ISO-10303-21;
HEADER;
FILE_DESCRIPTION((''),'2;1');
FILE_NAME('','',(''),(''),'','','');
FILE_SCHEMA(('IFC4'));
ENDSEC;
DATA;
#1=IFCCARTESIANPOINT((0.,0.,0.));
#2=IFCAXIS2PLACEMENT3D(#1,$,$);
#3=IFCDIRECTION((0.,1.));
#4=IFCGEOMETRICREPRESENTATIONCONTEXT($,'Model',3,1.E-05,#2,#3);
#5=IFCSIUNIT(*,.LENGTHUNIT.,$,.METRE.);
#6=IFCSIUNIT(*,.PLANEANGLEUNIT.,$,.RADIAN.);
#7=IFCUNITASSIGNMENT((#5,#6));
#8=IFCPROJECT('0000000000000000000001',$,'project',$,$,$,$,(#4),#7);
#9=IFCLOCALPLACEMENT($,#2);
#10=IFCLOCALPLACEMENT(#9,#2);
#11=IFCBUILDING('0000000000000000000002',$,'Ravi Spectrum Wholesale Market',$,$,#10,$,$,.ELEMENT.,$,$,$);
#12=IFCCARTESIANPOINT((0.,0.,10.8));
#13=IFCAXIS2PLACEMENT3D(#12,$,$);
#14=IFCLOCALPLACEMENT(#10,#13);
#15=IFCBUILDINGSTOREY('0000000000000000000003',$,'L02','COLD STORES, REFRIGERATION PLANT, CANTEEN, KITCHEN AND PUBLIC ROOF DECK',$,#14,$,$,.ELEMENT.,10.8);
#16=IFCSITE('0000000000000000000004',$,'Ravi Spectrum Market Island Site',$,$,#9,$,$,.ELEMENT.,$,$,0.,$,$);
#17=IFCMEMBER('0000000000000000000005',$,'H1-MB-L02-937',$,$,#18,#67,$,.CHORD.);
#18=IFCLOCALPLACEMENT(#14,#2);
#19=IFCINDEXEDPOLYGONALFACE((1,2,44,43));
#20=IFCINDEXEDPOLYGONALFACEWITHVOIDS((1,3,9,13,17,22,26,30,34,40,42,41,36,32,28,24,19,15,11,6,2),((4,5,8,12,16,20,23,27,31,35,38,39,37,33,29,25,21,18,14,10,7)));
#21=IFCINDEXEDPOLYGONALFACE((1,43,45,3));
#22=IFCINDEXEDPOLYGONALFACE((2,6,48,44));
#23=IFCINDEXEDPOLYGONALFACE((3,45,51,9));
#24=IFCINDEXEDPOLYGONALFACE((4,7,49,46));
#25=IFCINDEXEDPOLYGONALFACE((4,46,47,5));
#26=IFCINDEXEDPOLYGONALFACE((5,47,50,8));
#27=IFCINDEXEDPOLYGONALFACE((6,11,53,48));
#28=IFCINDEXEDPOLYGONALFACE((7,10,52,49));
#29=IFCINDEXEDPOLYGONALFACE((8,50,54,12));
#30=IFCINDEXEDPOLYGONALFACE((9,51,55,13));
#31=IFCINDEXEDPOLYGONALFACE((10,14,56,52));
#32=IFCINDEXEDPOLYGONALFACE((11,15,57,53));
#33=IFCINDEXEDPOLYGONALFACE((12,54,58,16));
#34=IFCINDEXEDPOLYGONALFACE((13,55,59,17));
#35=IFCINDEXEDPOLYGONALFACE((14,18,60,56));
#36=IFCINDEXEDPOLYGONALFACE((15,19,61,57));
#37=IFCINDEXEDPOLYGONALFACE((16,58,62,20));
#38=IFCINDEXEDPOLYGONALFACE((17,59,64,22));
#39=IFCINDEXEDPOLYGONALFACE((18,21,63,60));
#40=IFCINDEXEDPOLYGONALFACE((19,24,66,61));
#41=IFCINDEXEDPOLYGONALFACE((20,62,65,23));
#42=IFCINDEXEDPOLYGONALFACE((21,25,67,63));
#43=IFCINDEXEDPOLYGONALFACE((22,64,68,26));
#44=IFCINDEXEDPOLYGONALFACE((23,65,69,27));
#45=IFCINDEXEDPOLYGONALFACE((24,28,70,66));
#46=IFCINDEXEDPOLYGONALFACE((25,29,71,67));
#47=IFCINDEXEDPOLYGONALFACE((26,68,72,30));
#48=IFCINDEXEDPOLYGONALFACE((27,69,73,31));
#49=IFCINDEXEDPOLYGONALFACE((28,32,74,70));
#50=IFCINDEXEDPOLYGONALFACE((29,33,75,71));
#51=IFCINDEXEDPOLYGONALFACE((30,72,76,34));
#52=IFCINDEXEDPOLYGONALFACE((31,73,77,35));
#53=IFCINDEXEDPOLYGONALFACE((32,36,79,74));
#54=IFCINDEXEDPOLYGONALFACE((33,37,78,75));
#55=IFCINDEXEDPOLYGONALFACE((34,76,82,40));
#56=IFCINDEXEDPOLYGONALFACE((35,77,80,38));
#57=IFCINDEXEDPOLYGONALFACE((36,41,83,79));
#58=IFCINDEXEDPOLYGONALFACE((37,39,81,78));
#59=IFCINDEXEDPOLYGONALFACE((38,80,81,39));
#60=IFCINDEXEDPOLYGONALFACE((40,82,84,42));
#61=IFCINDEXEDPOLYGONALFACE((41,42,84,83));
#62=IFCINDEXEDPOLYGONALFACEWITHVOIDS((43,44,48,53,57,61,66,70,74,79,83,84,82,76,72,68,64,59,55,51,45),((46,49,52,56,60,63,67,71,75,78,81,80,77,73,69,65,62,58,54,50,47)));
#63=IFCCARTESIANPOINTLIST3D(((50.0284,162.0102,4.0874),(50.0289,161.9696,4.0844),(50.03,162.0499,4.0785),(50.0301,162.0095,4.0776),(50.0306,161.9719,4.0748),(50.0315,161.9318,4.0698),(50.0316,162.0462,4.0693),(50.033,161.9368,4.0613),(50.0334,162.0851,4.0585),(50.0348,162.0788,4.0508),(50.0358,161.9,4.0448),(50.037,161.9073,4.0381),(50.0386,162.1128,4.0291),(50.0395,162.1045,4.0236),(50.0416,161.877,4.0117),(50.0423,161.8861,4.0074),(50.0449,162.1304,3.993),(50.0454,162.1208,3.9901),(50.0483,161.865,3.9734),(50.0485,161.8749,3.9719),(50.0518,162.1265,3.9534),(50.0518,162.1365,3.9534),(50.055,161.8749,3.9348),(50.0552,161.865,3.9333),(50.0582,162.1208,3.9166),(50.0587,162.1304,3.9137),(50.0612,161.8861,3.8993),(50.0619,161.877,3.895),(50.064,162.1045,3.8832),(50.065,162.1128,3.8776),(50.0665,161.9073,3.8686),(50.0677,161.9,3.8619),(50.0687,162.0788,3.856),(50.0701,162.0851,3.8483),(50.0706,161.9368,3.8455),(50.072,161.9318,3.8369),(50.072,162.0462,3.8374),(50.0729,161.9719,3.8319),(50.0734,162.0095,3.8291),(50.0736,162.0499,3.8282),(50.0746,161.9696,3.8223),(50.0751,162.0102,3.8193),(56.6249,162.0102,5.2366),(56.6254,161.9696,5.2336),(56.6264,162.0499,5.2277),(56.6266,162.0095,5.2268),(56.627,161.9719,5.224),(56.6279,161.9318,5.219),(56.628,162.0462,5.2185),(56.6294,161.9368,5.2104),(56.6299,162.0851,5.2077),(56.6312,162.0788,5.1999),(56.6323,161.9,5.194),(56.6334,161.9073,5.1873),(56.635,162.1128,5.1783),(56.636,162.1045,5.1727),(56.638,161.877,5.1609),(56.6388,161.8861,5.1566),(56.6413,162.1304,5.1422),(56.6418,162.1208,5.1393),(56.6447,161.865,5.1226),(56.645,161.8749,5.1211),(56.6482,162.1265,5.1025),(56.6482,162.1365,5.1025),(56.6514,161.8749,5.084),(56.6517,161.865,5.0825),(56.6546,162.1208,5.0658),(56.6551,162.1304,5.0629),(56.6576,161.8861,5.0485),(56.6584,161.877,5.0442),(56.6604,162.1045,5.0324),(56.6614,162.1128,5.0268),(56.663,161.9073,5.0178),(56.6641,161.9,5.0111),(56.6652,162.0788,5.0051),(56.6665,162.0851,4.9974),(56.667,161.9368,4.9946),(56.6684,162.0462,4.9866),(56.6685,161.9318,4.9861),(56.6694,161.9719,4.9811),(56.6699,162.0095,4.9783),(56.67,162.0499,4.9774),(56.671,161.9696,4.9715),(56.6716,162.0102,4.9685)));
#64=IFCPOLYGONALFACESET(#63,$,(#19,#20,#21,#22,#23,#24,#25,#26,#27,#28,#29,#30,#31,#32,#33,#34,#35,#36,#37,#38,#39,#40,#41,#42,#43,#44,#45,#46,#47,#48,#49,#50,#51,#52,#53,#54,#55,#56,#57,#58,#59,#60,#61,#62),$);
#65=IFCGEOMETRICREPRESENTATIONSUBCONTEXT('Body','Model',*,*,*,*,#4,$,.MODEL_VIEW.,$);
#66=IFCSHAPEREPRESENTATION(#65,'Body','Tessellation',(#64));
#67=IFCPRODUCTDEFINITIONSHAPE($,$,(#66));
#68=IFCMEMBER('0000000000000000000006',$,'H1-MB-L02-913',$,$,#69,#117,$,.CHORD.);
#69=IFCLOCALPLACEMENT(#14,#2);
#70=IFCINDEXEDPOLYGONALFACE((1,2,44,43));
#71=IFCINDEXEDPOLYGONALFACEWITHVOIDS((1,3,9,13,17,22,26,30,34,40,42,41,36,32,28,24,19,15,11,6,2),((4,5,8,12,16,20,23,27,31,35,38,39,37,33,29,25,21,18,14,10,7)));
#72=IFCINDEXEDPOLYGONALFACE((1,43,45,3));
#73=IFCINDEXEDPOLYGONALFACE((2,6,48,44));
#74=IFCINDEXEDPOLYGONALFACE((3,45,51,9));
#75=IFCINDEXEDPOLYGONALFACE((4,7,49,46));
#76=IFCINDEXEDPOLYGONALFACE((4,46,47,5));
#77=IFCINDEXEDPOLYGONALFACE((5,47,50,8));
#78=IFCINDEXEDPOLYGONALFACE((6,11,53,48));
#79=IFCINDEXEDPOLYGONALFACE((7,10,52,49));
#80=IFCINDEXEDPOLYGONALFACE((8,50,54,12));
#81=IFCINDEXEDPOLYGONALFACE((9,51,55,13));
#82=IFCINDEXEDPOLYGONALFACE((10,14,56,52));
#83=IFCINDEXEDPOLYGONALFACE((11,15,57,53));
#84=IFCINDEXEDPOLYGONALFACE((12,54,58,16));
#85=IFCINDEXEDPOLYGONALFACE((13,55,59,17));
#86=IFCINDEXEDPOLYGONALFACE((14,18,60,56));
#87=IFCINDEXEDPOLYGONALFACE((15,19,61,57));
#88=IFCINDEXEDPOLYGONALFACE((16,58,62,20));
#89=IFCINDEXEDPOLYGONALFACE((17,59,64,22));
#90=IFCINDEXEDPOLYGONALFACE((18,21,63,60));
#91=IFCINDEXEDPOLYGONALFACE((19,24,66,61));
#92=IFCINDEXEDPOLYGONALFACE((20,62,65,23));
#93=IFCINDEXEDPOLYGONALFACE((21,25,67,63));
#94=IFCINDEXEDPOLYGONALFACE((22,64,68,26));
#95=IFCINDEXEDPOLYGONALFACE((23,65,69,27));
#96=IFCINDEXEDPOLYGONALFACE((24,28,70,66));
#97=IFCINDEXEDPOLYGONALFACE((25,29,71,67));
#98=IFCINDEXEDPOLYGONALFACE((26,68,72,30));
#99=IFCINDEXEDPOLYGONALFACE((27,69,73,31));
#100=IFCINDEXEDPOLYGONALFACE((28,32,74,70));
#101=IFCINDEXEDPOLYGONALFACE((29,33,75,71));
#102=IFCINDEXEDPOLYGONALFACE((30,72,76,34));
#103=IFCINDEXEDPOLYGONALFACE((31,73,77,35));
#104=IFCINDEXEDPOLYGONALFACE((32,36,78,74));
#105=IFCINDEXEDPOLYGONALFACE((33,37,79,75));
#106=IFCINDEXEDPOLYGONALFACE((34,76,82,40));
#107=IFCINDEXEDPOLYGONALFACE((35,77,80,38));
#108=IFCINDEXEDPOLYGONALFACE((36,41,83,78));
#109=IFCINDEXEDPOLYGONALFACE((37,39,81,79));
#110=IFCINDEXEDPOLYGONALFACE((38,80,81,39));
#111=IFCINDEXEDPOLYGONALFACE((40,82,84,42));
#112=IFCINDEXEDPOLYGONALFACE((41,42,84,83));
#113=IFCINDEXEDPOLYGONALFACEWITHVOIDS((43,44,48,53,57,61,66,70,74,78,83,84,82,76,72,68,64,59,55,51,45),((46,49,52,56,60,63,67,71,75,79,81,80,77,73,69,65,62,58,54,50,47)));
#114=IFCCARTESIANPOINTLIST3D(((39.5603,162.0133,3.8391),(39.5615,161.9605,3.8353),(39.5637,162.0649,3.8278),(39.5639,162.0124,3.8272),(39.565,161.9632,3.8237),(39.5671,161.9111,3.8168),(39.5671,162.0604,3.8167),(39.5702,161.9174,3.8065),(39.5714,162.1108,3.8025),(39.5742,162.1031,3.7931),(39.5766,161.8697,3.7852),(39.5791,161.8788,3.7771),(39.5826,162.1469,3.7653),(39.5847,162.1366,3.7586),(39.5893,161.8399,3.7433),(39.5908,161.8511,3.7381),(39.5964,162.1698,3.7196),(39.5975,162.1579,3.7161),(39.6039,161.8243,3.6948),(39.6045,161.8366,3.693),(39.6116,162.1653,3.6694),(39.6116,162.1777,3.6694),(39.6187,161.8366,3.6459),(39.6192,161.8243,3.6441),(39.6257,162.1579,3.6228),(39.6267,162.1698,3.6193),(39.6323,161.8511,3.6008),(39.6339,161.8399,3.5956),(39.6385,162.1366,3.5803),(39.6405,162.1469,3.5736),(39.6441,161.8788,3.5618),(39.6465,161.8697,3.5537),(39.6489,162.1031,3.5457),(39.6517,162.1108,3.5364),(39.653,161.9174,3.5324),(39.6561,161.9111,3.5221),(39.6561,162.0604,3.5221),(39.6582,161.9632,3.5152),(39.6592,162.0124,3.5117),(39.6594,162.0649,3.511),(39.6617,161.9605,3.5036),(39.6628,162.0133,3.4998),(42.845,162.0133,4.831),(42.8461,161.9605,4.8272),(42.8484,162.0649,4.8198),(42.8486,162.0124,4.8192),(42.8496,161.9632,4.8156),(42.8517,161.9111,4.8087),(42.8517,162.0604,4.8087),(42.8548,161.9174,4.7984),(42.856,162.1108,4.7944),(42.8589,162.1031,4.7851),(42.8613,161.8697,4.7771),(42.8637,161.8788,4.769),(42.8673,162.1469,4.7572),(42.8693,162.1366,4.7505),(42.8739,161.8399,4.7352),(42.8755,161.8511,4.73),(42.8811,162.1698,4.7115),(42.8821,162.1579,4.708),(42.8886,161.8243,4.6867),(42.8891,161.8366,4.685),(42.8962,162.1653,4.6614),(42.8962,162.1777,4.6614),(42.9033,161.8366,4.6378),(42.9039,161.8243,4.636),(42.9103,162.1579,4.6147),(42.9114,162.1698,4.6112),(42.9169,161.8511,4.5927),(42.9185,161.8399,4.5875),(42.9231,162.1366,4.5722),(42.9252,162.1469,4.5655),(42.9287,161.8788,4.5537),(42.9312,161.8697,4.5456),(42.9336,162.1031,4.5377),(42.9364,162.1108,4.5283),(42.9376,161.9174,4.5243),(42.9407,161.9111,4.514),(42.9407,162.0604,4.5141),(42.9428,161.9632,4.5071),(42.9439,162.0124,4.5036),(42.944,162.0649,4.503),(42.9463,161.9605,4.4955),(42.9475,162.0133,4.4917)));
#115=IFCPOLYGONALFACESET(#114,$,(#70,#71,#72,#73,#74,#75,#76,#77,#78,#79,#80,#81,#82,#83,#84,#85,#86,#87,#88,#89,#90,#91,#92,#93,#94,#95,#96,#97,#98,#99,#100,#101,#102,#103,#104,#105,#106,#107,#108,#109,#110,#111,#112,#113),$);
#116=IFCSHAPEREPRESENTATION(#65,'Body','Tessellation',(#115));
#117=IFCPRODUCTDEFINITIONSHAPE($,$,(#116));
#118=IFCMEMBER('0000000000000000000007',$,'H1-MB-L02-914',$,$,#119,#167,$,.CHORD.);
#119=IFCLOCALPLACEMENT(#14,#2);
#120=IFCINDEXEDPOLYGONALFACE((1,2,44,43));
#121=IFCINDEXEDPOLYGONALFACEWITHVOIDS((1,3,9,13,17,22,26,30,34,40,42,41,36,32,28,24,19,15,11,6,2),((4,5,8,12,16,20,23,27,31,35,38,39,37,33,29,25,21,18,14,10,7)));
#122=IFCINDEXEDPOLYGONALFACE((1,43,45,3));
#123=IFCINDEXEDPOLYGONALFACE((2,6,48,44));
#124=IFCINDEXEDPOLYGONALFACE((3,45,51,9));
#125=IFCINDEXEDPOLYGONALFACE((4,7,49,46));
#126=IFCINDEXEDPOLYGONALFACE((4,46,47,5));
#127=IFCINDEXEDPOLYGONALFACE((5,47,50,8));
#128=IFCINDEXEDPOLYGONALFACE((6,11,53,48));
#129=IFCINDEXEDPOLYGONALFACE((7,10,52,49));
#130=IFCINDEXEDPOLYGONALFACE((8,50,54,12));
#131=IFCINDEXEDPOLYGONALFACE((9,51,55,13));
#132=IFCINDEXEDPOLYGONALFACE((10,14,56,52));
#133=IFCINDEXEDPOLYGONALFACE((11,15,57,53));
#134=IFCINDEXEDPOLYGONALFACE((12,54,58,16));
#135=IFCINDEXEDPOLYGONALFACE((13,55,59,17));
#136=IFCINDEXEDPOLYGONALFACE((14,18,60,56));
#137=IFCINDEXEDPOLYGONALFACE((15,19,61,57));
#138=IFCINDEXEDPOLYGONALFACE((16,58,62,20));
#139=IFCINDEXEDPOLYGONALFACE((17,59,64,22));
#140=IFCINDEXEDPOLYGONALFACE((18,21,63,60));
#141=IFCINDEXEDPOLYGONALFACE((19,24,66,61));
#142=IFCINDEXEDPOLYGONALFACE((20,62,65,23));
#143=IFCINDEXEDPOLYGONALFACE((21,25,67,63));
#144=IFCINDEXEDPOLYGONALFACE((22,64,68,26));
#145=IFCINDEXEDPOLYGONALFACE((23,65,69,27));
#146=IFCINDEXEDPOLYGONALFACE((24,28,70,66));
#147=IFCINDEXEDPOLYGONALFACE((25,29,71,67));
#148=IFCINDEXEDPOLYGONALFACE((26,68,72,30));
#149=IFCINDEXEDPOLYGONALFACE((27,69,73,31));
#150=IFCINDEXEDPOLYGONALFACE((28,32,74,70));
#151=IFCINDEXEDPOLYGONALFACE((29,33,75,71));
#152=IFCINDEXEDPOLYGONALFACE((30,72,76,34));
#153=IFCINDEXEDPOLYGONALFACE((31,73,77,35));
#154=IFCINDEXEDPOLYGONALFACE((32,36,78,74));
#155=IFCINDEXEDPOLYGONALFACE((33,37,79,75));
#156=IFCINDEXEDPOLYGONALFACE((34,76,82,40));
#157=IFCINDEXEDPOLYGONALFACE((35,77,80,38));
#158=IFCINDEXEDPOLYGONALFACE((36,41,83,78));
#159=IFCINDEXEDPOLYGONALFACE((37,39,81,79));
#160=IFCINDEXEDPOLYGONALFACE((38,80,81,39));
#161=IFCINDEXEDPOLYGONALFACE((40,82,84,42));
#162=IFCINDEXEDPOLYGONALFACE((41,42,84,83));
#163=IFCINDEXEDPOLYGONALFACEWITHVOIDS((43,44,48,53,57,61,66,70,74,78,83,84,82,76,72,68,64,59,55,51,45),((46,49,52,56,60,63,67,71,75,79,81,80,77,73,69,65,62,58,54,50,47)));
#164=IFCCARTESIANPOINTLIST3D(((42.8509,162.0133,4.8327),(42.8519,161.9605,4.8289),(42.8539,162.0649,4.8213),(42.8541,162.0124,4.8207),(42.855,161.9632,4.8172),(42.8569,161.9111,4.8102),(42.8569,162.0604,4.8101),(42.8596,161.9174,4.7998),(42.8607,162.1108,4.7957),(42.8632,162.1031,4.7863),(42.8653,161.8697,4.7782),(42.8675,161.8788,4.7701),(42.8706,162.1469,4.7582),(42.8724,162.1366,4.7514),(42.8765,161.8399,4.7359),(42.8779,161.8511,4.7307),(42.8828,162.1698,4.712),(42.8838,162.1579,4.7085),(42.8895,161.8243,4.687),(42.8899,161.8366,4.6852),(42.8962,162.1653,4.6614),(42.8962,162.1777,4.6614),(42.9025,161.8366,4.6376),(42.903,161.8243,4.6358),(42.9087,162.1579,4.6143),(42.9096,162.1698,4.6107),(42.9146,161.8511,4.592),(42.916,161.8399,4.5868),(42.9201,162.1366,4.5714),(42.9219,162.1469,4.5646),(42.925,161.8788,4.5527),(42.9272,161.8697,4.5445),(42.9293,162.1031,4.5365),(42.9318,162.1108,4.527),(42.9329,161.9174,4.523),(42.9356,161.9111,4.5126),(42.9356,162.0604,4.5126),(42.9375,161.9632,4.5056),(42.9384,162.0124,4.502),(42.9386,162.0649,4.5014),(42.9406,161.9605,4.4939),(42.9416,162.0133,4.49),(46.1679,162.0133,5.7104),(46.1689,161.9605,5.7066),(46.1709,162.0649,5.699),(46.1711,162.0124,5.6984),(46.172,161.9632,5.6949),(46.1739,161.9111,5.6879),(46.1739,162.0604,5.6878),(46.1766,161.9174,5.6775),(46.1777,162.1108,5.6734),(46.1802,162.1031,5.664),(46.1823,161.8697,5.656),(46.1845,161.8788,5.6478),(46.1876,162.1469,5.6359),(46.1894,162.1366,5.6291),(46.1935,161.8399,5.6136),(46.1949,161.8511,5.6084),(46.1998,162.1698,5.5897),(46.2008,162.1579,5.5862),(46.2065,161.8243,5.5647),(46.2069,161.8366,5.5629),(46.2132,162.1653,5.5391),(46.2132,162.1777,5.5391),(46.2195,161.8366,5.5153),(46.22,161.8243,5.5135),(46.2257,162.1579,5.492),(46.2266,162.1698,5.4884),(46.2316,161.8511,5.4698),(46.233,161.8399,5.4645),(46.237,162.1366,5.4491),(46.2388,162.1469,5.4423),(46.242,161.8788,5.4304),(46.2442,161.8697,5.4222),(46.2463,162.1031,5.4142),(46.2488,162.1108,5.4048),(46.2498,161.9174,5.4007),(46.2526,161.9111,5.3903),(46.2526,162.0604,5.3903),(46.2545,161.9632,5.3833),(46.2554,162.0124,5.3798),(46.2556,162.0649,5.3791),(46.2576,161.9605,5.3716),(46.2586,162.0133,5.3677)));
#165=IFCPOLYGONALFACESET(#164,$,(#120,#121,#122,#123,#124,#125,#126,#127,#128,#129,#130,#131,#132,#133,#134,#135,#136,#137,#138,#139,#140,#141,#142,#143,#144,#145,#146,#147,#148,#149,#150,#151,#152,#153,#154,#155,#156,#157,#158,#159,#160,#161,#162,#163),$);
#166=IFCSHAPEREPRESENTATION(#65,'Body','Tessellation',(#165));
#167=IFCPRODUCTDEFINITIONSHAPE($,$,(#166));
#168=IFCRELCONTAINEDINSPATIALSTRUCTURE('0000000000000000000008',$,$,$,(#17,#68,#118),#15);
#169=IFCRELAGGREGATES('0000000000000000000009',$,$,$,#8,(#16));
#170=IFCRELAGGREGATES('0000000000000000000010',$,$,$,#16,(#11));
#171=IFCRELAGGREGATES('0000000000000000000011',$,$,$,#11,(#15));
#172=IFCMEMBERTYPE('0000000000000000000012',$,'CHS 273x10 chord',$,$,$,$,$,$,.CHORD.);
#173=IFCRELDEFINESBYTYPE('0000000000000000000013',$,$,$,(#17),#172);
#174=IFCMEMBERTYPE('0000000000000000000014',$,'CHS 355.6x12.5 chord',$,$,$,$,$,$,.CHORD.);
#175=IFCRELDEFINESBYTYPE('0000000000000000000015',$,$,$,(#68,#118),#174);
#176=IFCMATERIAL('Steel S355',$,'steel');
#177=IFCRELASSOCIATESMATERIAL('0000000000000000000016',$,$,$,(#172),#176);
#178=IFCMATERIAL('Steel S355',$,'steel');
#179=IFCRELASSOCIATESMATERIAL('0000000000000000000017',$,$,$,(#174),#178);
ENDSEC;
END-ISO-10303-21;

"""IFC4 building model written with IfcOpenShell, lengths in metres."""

from ifc_helpers import new_model, si_unit, direction, frame, origin, origin_2d, place, context, subcontext, project, spatial, hollow_circle, extrude, material, material_profile, profile_set, type_object, element, save


model = new_model("IFC4")

# Units and contexts
model_context = context("Model", 3, precision=1e-05, world=origin(), true_north=direction((0.0, 1.0)))
body_context = subcontext(model_context, "Body", "Model", "MODEL_VIEW")
ifc_project = project(units=[si_unit("LENGTHUNIT", "METRE"), si_unit("PLANEANGLEUNIT", "RADIAN")], contexts=[model_context])

# Site, building, storey
site_placement = place(None, origin())
site = spatial("IfcSite", under=ifc_project, at=site_placement, Name="Ravi Spectrum Market Island Site", CompositionType="ELEMENT", RefElevation=0.0)
building_placement = place(site_placement, origin())
building = spatial("IfcBuilding", under=site, at=building_placement, Name="Ravi Spectrum Wholesale Market", CompositionType="ELEMENT")
storey_placement = place(building_placement, frame((0.0, 0.0, 10.8)))
storey = spatial("IfcBuildingStorey", under=building, at=storey_placement, Name="L02", Description="COLD STORES, REFRIGERATION PLANT, CANTEEN, KITCHEN AND PUBLIC ROOF DECK", CompositionType="ELEMENT", Elevation=10.8)

# Members
ifc_material_1 = material(Name="Steel S355", Category="steel")
ifc_material_profile_1 = material_profile(ifc_material_1, hollow_circle(Radius=0.1365, WallThickness=0.01, at=origin_2d()))
ifc_profile_set_1 = profile_set([ifc_material_profile_1], Name="Steel S355")
member_type_1 = type_object("IfcMemberType", Name="CHS 273x10 chord", PredefinedType="CHORD", material=ifc_profile_set_1)
for number, where, z_axis, x_axis, name in (
    (1, (50.0518, 162.0, 3.9534), (0.985162, 0.0, 0.171626), (0.0, 1.0, 0.0), "H1-MB-L02-937"),
):
    element("IfcMember", number, at=place(storey_placement, frame(where, z_axis=z_axis, x_axis=x_axis)), inside=storey, type_object=member_type_1, Name=name, PredefinedType="CHORD", context=body_context, shape_type="SweptSolid", body=[
        extrude(hollow_circle(Radius=0.1365, WallThickness=0.01, at=origin_2d()), origin(), (0.0, 0.0, 1.0), 6.6958),
    ])
ifc_material_2 = material(Name="Steel S355", Category="steel")
ifc_material_profile_2 = material_profile(ifc_material_2, hollow_circle(Radius=0.1777, WallThickness=0.0125, at=origin_2d()))
ifc_profile_set_2 = profile_set([ifc_material_profile_2], Name="Steel S355")
member_type_2 = type_object("IfcMemberType", Name="CHS 355.6x12.5 chord", PredefinedType="CHORD", material=ifc_profile_set_2)
for number, where, z_axis, x_axis, name in (
    (2, (39.6116, 162.0, 3.6694), (0.9573, 0.0, 0.289097), (0.0, 1.0, 0.0), "H1-MB-L02-913"),
    (3, (42.8962, 162.0, 4.6614), (0.966728, 0.0, 0.255807), (0.0, 1.0, 0.0), "H1-MB-L02-914"),
):
    element("IfcMember", number, at=place(storey_placement, frame(where, z_axis=z_axis, x_axis=x_axis)), inside=storey, type_object=member_type_2, Name=name, PredefinedType="CHORD", context=body_context, shape_type="SweptSolid", body=[
        extrude(hollow_circle(Radius=0.1777, WallThickness=0.0125, at=origin_2d()), origin(), (0.0, 0.0, 1.0), 3.4312),
    ])

save(model, "model.ifc")
